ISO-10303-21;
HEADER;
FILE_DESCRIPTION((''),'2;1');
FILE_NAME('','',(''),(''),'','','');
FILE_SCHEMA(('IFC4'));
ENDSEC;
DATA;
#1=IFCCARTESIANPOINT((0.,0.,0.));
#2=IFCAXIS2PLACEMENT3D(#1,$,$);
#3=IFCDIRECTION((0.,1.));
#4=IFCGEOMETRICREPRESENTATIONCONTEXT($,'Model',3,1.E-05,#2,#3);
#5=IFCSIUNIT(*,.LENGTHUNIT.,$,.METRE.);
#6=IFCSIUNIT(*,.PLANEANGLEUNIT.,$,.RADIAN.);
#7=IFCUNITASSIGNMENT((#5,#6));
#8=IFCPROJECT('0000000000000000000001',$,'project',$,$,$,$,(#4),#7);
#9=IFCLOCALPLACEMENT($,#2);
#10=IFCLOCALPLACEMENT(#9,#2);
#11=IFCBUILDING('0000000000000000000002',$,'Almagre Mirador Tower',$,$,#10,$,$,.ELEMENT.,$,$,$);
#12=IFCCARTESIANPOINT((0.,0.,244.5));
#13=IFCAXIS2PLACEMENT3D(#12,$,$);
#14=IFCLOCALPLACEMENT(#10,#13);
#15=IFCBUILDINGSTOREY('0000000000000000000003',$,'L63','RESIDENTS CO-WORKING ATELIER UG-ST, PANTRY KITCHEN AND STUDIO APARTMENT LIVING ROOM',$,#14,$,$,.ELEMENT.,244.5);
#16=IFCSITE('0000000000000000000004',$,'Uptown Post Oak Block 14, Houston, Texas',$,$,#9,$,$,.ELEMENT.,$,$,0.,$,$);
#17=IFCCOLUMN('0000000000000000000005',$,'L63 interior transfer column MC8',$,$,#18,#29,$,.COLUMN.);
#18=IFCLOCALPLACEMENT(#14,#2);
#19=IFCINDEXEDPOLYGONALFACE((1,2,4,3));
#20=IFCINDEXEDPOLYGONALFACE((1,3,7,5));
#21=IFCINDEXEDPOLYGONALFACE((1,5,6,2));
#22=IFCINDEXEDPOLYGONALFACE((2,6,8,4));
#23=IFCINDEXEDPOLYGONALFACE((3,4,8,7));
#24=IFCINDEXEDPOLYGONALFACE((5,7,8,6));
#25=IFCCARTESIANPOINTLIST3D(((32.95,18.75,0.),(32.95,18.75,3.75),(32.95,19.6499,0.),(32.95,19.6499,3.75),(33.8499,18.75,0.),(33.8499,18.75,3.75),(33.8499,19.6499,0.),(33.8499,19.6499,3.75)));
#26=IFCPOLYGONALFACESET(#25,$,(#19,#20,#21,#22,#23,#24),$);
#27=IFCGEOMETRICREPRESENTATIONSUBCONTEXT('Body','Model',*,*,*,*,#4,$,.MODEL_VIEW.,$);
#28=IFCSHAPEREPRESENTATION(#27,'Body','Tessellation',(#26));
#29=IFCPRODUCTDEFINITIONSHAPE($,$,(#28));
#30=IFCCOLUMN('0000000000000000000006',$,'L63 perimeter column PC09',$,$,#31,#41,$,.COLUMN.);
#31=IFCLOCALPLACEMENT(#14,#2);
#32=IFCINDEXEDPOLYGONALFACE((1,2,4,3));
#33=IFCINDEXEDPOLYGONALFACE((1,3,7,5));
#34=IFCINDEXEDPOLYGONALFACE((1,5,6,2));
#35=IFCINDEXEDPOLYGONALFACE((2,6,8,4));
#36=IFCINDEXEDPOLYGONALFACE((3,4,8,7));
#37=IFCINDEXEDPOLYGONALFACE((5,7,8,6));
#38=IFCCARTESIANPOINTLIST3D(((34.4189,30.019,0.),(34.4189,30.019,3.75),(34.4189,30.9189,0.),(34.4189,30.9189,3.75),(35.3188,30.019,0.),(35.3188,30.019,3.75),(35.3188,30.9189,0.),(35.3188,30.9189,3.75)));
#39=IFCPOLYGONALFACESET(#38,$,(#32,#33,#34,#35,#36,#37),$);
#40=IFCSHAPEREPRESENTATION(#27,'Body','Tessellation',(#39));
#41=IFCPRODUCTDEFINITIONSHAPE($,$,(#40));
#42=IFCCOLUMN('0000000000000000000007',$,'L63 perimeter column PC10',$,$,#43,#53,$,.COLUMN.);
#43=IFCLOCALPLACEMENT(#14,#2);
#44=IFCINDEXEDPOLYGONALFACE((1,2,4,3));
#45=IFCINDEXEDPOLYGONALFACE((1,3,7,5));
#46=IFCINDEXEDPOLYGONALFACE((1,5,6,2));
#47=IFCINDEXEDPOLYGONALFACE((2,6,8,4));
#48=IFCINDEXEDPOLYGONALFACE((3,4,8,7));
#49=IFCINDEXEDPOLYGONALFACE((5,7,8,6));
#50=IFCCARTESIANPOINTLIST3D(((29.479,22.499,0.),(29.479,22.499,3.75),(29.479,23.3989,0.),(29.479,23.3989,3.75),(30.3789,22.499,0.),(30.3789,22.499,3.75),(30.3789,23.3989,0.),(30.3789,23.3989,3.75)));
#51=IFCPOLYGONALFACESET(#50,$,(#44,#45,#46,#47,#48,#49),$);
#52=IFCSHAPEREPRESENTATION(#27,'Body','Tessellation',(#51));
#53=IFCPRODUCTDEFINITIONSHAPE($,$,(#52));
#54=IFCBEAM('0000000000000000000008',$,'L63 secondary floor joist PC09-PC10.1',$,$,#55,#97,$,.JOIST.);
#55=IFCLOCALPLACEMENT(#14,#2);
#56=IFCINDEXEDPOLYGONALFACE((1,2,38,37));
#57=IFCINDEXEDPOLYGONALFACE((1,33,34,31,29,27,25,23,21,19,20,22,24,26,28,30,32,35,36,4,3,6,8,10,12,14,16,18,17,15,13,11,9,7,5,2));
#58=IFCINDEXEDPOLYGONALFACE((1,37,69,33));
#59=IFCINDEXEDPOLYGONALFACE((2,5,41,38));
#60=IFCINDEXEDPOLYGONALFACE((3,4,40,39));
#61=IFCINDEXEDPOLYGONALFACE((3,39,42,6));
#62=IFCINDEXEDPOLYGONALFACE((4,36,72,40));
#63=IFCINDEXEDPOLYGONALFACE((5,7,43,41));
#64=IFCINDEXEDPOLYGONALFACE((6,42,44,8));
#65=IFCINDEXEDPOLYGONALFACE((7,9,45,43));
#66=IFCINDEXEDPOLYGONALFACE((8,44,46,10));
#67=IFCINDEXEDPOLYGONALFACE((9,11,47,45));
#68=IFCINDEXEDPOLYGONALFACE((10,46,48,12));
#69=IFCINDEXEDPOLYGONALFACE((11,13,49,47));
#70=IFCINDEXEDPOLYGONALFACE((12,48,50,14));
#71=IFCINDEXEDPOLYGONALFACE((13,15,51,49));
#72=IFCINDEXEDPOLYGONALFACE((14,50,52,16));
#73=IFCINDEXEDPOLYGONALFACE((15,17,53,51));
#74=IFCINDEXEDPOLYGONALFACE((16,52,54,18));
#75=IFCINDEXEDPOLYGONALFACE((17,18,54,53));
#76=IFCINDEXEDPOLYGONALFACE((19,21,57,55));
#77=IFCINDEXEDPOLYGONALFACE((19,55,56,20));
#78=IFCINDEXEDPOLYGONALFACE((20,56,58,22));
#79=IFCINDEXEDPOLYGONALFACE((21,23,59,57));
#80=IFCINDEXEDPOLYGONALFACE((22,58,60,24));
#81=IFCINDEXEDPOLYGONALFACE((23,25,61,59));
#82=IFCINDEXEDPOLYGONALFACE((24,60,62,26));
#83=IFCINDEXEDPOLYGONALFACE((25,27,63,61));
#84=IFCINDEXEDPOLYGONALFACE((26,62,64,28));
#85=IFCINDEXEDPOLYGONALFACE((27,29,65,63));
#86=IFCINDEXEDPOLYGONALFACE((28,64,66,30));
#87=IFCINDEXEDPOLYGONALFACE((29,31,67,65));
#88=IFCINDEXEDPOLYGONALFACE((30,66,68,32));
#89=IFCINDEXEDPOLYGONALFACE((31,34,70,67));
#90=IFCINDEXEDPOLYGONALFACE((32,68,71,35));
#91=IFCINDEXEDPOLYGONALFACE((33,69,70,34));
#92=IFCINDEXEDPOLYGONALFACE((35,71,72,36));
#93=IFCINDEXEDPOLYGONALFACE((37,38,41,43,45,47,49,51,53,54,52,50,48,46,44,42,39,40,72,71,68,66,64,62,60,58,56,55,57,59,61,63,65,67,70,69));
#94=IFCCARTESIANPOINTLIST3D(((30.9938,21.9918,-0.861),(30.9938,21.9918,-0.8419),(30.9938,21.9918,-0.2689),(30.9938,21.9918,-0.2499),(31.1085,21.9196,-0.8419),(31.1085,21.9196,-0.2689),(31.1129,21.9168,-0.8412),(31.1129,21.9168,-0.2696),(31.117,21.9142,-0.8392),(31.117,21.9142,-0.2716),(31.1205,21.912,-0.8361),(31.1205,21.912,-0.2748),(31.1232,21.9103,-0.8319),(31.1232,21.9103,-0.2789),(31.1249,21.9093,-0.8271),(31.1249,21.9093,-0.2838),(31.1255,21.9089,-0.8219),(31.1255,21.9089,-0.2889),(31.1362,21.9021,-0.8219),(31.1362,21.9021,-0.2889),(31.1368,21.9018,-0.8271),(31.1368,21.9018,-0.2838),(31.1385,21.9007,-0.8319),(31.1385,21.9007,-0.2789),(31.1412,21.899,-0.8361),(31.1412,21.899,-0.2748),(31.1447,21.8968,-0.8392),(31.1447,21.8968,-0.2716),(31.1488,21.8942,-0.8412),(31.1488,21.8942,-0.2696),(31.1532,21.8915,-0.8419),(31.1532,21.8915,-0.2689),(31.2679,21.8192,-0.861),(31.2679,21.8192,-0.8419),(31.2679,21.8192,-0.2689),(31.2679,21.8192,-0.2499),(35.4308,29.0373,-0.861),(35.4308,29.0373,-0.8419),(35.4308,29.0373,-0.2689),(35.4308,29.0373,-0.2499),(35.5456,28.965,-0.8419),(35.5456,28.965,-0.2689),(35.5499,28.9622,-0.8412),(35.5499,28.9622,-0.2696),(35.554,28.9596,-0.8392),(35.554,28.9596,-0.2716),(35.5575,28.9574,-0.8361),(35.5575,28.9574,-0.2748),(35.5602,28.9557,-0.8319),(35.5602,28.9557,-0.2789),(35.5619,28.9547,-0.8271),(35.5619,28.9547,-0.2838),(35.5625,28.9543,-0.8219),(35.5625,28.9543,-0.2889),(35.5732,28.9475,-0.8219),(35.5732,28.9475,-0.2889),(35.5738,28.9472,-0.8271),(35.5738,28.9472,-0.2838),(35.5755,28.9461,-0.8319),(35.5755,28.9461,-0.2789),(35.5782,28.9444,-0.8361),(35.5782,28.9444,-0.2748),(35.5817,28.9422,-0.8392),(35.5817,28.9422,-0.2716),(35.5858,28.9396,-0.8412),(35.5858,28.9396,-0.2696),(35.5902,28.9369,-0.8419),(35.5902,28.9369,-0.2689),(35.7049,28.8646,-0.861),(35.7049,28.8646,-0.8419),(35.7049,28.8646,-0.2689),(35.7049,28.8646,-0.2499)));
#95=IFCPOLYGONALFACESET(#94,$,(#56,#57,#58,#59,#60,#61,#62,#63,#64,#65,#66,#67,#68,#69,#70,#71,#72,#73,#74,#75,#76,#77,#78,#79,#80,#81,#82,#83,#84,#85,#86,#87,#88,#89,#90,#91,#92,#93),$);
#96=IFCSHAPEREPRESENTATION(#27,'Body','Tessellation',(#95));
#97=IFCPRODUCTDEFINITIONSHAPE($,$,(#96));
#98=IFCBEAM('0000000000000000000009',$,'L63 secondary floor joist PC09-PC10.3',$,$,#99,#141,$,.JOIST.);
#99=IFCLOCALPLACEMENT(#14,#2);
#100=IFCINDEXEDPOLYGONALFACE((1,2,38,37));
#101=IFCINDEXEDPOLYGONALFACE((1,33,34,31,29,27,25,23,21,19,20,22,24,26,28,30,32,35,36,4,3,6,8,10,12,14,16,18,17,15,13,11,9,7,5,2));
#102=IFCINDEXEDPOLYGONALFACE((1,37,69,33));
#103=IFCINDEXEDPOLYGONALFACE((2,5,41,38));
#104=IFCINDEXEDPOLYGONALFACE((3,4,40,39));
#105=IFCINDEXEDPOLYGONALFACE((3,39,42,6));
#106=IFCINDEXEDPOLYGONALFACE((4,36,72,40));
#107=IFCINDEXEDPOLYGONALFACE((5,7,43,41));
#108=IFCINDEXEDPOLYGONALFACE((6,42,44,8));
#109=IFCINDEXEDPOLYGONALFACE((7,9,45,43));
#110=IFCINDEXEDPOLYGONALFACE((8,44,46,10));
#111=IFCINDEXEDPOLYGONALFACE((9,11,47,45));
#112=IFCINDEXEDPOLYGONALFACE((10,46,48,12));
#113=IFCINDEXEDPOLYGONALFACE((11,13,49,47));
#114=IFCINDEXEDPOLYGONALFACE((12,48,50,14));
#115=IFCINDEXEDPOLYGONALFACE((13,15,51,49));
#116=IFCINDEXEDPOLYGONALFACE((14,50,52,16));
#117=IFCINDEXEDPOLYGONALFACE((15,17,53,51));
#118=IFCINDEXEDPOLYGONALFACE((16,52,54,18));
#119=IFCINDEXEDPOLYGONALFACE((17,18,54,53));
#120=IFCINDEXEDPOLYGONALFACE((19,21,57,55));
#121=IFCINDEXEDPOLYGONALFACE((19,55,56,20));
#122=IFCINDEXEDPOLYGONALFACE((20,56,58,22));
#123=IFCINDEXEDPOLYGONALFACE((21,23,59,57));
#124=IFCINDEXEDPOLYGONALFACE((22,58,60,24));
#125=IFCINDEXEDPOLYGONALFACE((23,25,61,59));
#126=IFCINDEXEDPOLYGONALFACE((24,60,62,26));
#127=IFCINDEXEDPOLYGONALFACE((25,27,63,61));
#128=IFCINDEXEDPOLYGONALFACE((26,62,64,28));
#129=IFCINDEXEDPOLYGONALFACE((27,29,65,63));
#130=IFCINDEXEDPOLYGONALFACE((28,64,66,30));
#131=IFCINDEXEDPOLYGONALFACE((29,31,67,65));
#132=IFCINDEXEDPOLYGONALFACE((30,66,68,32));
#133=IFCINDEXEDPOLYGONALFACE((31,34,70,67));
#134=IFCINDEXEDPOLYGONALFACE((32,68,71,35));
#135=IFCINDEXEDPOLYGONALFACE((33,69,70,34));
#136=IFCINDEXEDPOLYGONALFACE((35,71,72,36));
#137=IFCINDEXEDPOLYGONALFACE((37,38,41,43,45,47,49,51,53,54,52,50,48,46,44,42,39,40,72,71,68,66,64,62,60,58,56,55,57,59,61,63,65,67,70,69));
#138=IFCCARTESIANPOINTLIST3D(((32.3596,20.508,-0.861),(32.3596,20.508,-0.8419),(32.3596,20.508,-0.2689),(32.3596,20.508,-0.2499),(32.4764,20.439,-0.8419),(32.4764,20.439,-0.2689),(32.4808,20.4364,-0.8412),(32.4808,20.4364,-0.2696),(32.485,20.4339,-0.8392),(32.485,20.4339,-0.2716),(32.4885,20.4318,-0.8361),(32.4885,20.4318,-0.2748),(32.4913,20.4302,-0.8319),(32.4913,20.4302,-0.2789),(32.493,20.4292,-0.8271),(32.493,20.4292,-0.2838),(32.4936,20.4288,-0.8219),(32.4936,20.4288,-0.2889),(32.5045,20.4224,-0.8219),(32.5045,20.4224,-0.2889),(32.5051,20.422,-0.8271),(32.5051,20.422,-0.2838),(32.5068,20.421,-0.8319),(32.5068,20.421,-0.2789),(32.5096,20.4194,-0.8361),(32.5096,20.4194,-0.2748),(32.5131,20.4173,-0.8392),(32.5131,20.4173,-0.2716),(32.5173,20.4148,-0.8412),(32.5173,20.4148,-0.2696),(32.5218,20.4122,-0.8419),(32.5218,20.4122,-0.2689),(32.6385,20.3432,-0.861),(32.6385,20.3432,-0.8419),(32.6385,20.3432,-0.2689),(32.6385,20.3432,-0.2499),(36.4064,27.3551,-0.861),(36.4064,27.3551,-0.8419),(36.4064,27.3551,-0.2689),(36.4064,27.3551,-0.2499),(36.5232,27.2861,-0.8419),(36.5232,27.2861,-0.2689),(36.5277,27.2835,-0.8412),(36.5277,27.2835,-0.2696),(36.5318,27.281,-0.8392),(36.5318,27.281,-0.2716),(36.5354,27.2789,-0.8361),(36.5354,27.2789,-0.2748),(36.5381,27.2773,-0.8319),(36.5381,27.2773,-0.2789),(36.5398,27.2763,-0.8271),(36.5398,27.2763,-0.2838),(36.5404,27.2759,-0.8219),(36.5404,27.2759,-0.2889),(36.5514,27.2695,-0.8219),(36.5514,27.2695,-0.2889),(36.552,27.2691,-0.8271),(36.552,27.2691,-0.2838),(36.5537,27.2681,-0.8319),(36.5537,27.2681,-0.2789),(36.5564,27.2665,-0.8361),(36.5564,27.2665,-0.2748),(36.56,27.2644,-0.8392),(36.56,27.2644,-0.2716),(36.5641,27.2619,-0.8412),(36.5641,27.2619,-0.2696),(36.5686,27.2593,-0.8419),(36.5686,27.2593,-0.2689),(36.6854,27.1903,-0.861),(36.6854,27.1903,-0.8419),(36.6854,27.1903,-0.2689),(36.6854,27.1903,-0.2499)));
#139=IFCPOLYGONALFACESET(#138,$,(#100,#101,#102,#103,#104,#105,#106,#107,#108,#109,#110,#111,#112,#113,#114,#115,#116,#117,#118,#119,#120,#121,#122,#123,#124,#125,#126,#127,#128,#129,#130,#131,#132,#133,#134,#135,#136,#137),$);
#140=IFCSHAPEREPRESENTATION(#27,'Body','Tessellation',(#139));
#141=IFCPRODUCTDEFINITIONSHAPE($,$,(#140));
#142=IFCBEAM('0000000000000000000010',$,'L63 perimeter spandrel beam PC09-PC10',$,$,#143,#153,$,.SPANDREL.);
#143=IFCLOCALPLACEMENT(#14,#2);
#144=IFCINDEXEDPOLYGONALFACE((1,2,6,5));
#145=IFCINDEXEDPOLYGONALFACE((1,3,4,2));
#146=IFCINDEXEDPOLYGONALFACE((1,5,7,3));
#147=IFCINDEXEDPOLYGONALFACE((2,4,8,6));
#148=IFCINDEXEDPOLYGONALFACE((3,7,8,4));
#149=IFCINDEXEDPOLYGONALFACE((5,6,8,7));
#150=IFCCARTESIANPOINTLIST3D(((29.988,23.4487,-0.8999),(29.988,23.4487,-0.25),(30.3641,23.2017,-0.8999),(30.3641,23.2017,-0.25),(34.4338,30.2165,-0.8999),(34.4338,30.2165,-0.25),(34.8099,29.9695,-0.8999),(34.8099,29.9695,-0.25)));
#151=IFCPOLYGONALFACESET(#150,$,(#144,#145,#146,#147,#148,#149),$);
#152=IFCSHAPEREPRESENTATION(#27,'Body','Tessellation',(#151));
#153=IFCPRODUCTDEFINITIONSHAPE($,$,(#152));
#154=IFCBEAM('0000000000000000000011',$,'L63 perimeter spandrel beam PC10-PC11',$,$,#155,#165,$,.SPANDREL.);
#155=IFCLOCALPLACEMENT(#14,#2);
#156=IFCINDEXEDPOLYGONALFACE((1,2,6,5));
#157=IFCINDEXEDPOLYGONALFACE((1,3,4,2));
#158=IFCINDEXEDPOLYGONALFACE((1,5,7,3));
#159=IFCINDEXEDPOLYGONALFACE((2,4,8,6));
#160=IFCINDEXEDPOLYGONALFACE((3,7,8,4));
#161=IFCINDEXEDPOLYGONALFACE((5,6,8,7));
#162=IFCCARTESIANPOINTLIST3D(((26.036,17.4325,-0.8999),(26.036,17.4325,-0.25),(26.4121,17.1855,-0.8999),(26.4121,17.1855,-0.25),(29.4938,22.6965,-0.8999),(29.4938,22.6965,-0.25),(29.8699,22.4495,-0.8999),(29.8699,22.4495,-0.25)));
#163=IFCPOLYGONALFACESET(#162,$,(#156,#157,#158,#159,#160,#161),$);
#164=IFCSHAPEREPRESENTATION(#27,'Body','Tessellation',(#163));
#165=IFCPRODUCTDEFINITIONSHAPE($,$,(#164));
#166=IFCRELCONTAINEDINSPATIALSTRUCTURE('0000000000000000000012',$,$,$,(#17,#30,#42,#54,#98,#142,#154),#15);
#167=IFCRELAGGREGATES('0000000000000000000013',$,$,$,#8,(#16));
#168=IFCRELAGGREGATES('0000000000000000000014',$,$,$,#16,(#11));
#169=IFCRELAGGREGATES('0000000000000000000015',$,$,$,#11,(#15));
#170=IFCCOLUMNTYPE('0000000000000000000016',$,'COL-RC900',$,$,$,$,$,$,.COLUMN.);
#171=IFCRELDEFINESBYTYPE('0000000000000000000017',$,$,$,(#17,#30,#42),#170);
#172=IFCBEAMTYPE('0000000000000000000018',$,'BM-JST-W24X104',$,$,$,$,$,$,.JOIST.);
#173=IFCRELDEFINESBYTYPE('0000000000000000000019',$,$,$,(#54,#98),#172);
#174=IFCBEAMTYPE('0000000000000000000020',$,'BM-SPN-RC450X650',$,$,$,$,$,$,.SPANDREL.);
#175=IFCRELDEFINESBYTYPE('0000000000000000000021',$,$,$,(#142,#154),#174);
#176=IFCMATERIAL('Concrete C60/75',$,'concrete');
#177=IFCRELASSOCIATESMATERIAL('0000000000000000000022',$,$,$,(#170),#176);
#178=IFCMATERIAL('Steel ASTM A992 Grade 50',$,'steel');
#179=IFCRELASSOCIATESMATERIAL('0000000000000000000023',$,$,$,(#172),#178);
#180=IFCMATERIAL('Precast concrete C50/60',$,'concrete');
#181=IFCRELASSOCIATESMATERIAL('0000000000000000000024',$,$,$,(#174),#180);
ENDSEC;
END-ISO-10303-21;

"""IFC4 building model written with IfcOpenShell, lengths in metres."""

from ifc_helpers import new_model, si_unit, direction, frame, origin, origin_2d, place, context, subcontext, project, spatial, rectangle, i_section, extrude, material, material_profile, profile_set, type_object, element, save


model = new_model("IFC4")

# Units and contexts
model_context = context("Model", 3, precision=1e-05, world=origin(), true_north=direction((0.0, 1.0)))
body_context = subcontext(model_context, "Body", "Model", "MODEL_VIEW")
ifc_project = project(units=[si_unit("LENGTHUNIT", "METRE"), si_unit("PLANEANGLEUNIT", "RADIAN")], contexts=[model_context])

# Site, building, storey
site_placement = place(None, origin())
site = spatial("IfcSite", under=ifc_project, at=site_placement, Name="Uptown Post Oak Block 14, Houston, Texas", CompositionType="ELEMENT", RefElevation=0.0)
building_placement = place(site_placement, origin())
building = spatial("IfcBuilding", under=site, at=building_placement, Name="Almagre Mirador Tower", CompositionType="ELEMENT")
storey_placement = place(building_placement, frame((0.0, 0.0, 244.5)))
storey = spatial("IfcBuildingStorey", under=building, at=storey_placement, Name="L63", Description="RESIDENTS CO-WORKING ATELIER UG-ST, PANTRY KITCHEN AND STUDIO APARTMENT LIVING ROOM", CompositionType="ELEMENT", Elevation=244.5)

# Columns
ifc_material_1 = material(Name="Concrete C60/75", Category="concrete")
ifc_material_profile_1 = material_profile(ifc_material_1, rectangle(XDim=0.8999, YDim=0.8999, at=origin_2d()), Name="RC900X900")
ifc_profile_set_1 = profile_set([ifc_material_profile_1], Name="Concrete C60/75")
column_type = type_object("IfcColumnType", Name="COL-RC900", PredefinedType="COLUMN", material=ifc_profile_set_1)
for number, where, z_axis, x_axis, name in (
    (1, (33.3999, 19.2, 0.0), (0.0, 0.0, 1.0), (1.0, 0.0, 0.0), "L63 interior transfer column MC8"),
    (2, (34.8689, 30.469, 0.0), (0.0, 0.0, 1.0), (1.0, 0.0, 0.0), "L63 perimeter column PC09"),
    (3, (29.929, 22.949, 0.0), (0.0, 0.0, 1.0), (1.0, 0.0, 0.0), "L63 perimeter column PC10"),
):
    element("IfcColumn", number, at=place(storey_placement, frame(where, z_axis=z_axis, x_axis=x_axis)), inside=storey, type_object=column_type, Name=name, PredefinedType="COLUMN", context=body_context, shape_type="SweptSolid", body=[
        extrude(rectangle(XDim=0.8999, YDim=0.8999, at=origin_2d()), origin(), (0.0, 0.0, 1.0), 3.75),
    ])

# Beams
ifc_material_2 = material(Name="Steel ASTM A992 Grade 50", Category="steel")
ifc_material_profile_2 = material_profile(ifc_material_2, i_section(OverallWidth=0.324, OverallDepth=0.6111, WebThickness=0.0127, FlangeThickness=0.019, FilletRadius=0.02, at=origin_2d()), Name="W24X104")
ifc_profile_set_2 = profile_set([ifc_material_profile_2], Name="Steel ASTM A992 Grade 50")
beam_type_1 = type_object("IfcBeamType", Name="BM-JST-W24X104", PredefinedType="JOIST", material=ifc_profile_set_2)
beam_1_placement = place(storey_placement, frame((35.5679, 28.9509, -0.5554), z_axis=(-0.5329, -0.846178, 0.0), x_axis=(0.846178, -0.5329, 0.0)))
element("IfcBeam", 4, at=beam_1_placement, inside=storey, type_object=beam_type_1, Name="L63 secondary floor joist PC09-PC10.1", PredefinedType="JOIST", context=body_context, shape_type="SweptSolid", body=[
    extrude(i_section(OverallWidth=0.324, OverallDepth=0.6111, WebThickness=0.0127, FlangeThickness=0.019, FilletRadius=0.02, at=origin_2d()), origin(), (0.0, 0.0, 1.0), 8.3262),
])
beam_2_placement = place(storey_placement, frame((36.5459, 27.2727, -0.5554), z_axis=(-0.508806, -0.860881, 0.0), x_axis=(0.860881, -0.508806, 0.0)))
element("IfcBeam", 5, at=beam_2_placement, inside=storey, type_object=beam_type_1, Name="L63 secondary floor joist PC09-PC10.3", PredefinedType="JOIST", context=body_context, shape_type="SweptSolid", body=[
    extrude(i_section(OverallWidth=0.324, OverallDepth=0.6111, WebThickness=0.0127, FlangeThickness=0.019, FilletRadius=0.02, at=origin_2d()), origin(), (0.0, 0.0, 1.0), 7.9536),
])
ifc_material_3 = material(Name="Precast concrete C50/60", Category="concrete")
ifc_material_profile_3 = material_profile(ifc_material_3, rectangle(XDim=0.45, YDim=0.6499, at=origin_2d()), Name="RC450X650")
ifc_profile_set_3 = profile_set([ifc_material_profile_3], Name="Precast concrete C50/60")
beam_type_2 = type_object("IfcBeamType", Name="BM-SPN-RC450X650", PredefinedType="SPANDREL", material=ifc_profile_set_3)
beam_3_placement = place(storey_placement, frame((34.6218, 30.093, -0.575), z_axis=(-0.549038, -0.835798, 0.0), x_axis=(0.835798, -0.549038, 0.0)))
element("IfcBeam", 6, at=beam_3_placement, inside=storey, type_object=beam_type_2, Name="L63 perimeter spandrel beam PC09-PC10", PredefinedType="SPANDREL", context=body_context, shape_type="SweptSolid", body=[
    extrude(rectangle(XDim=0.45, YDim=0.6499, at=origin_2d()), origin(), (0.0, 0.0, 1.0), 8.0974),
])
beam_4_placement = place(storey_placement, frame((29.6819, 22.573, -0.575), z_axis=(-0.549025, -0.835806, 0.0), x_axis=(0.835806, -0.549025, 0.0)))
element("IfcBeam", 7, at=beam_4_placement, inside=storey, type_object=beam_type_2, Name="L63 perimeter spandrel beam PC10-PC11", PredefinedType="SPANDREL", context=body_context, shape_type="SweptSolid", body=[
    extrude(rectangle(XDim=0.45, YDim=0.6499, at=origin_2d()), origin(), (0.0, 0.0, 1.0), 6.2981),
])

save(model, "model.ifc")
